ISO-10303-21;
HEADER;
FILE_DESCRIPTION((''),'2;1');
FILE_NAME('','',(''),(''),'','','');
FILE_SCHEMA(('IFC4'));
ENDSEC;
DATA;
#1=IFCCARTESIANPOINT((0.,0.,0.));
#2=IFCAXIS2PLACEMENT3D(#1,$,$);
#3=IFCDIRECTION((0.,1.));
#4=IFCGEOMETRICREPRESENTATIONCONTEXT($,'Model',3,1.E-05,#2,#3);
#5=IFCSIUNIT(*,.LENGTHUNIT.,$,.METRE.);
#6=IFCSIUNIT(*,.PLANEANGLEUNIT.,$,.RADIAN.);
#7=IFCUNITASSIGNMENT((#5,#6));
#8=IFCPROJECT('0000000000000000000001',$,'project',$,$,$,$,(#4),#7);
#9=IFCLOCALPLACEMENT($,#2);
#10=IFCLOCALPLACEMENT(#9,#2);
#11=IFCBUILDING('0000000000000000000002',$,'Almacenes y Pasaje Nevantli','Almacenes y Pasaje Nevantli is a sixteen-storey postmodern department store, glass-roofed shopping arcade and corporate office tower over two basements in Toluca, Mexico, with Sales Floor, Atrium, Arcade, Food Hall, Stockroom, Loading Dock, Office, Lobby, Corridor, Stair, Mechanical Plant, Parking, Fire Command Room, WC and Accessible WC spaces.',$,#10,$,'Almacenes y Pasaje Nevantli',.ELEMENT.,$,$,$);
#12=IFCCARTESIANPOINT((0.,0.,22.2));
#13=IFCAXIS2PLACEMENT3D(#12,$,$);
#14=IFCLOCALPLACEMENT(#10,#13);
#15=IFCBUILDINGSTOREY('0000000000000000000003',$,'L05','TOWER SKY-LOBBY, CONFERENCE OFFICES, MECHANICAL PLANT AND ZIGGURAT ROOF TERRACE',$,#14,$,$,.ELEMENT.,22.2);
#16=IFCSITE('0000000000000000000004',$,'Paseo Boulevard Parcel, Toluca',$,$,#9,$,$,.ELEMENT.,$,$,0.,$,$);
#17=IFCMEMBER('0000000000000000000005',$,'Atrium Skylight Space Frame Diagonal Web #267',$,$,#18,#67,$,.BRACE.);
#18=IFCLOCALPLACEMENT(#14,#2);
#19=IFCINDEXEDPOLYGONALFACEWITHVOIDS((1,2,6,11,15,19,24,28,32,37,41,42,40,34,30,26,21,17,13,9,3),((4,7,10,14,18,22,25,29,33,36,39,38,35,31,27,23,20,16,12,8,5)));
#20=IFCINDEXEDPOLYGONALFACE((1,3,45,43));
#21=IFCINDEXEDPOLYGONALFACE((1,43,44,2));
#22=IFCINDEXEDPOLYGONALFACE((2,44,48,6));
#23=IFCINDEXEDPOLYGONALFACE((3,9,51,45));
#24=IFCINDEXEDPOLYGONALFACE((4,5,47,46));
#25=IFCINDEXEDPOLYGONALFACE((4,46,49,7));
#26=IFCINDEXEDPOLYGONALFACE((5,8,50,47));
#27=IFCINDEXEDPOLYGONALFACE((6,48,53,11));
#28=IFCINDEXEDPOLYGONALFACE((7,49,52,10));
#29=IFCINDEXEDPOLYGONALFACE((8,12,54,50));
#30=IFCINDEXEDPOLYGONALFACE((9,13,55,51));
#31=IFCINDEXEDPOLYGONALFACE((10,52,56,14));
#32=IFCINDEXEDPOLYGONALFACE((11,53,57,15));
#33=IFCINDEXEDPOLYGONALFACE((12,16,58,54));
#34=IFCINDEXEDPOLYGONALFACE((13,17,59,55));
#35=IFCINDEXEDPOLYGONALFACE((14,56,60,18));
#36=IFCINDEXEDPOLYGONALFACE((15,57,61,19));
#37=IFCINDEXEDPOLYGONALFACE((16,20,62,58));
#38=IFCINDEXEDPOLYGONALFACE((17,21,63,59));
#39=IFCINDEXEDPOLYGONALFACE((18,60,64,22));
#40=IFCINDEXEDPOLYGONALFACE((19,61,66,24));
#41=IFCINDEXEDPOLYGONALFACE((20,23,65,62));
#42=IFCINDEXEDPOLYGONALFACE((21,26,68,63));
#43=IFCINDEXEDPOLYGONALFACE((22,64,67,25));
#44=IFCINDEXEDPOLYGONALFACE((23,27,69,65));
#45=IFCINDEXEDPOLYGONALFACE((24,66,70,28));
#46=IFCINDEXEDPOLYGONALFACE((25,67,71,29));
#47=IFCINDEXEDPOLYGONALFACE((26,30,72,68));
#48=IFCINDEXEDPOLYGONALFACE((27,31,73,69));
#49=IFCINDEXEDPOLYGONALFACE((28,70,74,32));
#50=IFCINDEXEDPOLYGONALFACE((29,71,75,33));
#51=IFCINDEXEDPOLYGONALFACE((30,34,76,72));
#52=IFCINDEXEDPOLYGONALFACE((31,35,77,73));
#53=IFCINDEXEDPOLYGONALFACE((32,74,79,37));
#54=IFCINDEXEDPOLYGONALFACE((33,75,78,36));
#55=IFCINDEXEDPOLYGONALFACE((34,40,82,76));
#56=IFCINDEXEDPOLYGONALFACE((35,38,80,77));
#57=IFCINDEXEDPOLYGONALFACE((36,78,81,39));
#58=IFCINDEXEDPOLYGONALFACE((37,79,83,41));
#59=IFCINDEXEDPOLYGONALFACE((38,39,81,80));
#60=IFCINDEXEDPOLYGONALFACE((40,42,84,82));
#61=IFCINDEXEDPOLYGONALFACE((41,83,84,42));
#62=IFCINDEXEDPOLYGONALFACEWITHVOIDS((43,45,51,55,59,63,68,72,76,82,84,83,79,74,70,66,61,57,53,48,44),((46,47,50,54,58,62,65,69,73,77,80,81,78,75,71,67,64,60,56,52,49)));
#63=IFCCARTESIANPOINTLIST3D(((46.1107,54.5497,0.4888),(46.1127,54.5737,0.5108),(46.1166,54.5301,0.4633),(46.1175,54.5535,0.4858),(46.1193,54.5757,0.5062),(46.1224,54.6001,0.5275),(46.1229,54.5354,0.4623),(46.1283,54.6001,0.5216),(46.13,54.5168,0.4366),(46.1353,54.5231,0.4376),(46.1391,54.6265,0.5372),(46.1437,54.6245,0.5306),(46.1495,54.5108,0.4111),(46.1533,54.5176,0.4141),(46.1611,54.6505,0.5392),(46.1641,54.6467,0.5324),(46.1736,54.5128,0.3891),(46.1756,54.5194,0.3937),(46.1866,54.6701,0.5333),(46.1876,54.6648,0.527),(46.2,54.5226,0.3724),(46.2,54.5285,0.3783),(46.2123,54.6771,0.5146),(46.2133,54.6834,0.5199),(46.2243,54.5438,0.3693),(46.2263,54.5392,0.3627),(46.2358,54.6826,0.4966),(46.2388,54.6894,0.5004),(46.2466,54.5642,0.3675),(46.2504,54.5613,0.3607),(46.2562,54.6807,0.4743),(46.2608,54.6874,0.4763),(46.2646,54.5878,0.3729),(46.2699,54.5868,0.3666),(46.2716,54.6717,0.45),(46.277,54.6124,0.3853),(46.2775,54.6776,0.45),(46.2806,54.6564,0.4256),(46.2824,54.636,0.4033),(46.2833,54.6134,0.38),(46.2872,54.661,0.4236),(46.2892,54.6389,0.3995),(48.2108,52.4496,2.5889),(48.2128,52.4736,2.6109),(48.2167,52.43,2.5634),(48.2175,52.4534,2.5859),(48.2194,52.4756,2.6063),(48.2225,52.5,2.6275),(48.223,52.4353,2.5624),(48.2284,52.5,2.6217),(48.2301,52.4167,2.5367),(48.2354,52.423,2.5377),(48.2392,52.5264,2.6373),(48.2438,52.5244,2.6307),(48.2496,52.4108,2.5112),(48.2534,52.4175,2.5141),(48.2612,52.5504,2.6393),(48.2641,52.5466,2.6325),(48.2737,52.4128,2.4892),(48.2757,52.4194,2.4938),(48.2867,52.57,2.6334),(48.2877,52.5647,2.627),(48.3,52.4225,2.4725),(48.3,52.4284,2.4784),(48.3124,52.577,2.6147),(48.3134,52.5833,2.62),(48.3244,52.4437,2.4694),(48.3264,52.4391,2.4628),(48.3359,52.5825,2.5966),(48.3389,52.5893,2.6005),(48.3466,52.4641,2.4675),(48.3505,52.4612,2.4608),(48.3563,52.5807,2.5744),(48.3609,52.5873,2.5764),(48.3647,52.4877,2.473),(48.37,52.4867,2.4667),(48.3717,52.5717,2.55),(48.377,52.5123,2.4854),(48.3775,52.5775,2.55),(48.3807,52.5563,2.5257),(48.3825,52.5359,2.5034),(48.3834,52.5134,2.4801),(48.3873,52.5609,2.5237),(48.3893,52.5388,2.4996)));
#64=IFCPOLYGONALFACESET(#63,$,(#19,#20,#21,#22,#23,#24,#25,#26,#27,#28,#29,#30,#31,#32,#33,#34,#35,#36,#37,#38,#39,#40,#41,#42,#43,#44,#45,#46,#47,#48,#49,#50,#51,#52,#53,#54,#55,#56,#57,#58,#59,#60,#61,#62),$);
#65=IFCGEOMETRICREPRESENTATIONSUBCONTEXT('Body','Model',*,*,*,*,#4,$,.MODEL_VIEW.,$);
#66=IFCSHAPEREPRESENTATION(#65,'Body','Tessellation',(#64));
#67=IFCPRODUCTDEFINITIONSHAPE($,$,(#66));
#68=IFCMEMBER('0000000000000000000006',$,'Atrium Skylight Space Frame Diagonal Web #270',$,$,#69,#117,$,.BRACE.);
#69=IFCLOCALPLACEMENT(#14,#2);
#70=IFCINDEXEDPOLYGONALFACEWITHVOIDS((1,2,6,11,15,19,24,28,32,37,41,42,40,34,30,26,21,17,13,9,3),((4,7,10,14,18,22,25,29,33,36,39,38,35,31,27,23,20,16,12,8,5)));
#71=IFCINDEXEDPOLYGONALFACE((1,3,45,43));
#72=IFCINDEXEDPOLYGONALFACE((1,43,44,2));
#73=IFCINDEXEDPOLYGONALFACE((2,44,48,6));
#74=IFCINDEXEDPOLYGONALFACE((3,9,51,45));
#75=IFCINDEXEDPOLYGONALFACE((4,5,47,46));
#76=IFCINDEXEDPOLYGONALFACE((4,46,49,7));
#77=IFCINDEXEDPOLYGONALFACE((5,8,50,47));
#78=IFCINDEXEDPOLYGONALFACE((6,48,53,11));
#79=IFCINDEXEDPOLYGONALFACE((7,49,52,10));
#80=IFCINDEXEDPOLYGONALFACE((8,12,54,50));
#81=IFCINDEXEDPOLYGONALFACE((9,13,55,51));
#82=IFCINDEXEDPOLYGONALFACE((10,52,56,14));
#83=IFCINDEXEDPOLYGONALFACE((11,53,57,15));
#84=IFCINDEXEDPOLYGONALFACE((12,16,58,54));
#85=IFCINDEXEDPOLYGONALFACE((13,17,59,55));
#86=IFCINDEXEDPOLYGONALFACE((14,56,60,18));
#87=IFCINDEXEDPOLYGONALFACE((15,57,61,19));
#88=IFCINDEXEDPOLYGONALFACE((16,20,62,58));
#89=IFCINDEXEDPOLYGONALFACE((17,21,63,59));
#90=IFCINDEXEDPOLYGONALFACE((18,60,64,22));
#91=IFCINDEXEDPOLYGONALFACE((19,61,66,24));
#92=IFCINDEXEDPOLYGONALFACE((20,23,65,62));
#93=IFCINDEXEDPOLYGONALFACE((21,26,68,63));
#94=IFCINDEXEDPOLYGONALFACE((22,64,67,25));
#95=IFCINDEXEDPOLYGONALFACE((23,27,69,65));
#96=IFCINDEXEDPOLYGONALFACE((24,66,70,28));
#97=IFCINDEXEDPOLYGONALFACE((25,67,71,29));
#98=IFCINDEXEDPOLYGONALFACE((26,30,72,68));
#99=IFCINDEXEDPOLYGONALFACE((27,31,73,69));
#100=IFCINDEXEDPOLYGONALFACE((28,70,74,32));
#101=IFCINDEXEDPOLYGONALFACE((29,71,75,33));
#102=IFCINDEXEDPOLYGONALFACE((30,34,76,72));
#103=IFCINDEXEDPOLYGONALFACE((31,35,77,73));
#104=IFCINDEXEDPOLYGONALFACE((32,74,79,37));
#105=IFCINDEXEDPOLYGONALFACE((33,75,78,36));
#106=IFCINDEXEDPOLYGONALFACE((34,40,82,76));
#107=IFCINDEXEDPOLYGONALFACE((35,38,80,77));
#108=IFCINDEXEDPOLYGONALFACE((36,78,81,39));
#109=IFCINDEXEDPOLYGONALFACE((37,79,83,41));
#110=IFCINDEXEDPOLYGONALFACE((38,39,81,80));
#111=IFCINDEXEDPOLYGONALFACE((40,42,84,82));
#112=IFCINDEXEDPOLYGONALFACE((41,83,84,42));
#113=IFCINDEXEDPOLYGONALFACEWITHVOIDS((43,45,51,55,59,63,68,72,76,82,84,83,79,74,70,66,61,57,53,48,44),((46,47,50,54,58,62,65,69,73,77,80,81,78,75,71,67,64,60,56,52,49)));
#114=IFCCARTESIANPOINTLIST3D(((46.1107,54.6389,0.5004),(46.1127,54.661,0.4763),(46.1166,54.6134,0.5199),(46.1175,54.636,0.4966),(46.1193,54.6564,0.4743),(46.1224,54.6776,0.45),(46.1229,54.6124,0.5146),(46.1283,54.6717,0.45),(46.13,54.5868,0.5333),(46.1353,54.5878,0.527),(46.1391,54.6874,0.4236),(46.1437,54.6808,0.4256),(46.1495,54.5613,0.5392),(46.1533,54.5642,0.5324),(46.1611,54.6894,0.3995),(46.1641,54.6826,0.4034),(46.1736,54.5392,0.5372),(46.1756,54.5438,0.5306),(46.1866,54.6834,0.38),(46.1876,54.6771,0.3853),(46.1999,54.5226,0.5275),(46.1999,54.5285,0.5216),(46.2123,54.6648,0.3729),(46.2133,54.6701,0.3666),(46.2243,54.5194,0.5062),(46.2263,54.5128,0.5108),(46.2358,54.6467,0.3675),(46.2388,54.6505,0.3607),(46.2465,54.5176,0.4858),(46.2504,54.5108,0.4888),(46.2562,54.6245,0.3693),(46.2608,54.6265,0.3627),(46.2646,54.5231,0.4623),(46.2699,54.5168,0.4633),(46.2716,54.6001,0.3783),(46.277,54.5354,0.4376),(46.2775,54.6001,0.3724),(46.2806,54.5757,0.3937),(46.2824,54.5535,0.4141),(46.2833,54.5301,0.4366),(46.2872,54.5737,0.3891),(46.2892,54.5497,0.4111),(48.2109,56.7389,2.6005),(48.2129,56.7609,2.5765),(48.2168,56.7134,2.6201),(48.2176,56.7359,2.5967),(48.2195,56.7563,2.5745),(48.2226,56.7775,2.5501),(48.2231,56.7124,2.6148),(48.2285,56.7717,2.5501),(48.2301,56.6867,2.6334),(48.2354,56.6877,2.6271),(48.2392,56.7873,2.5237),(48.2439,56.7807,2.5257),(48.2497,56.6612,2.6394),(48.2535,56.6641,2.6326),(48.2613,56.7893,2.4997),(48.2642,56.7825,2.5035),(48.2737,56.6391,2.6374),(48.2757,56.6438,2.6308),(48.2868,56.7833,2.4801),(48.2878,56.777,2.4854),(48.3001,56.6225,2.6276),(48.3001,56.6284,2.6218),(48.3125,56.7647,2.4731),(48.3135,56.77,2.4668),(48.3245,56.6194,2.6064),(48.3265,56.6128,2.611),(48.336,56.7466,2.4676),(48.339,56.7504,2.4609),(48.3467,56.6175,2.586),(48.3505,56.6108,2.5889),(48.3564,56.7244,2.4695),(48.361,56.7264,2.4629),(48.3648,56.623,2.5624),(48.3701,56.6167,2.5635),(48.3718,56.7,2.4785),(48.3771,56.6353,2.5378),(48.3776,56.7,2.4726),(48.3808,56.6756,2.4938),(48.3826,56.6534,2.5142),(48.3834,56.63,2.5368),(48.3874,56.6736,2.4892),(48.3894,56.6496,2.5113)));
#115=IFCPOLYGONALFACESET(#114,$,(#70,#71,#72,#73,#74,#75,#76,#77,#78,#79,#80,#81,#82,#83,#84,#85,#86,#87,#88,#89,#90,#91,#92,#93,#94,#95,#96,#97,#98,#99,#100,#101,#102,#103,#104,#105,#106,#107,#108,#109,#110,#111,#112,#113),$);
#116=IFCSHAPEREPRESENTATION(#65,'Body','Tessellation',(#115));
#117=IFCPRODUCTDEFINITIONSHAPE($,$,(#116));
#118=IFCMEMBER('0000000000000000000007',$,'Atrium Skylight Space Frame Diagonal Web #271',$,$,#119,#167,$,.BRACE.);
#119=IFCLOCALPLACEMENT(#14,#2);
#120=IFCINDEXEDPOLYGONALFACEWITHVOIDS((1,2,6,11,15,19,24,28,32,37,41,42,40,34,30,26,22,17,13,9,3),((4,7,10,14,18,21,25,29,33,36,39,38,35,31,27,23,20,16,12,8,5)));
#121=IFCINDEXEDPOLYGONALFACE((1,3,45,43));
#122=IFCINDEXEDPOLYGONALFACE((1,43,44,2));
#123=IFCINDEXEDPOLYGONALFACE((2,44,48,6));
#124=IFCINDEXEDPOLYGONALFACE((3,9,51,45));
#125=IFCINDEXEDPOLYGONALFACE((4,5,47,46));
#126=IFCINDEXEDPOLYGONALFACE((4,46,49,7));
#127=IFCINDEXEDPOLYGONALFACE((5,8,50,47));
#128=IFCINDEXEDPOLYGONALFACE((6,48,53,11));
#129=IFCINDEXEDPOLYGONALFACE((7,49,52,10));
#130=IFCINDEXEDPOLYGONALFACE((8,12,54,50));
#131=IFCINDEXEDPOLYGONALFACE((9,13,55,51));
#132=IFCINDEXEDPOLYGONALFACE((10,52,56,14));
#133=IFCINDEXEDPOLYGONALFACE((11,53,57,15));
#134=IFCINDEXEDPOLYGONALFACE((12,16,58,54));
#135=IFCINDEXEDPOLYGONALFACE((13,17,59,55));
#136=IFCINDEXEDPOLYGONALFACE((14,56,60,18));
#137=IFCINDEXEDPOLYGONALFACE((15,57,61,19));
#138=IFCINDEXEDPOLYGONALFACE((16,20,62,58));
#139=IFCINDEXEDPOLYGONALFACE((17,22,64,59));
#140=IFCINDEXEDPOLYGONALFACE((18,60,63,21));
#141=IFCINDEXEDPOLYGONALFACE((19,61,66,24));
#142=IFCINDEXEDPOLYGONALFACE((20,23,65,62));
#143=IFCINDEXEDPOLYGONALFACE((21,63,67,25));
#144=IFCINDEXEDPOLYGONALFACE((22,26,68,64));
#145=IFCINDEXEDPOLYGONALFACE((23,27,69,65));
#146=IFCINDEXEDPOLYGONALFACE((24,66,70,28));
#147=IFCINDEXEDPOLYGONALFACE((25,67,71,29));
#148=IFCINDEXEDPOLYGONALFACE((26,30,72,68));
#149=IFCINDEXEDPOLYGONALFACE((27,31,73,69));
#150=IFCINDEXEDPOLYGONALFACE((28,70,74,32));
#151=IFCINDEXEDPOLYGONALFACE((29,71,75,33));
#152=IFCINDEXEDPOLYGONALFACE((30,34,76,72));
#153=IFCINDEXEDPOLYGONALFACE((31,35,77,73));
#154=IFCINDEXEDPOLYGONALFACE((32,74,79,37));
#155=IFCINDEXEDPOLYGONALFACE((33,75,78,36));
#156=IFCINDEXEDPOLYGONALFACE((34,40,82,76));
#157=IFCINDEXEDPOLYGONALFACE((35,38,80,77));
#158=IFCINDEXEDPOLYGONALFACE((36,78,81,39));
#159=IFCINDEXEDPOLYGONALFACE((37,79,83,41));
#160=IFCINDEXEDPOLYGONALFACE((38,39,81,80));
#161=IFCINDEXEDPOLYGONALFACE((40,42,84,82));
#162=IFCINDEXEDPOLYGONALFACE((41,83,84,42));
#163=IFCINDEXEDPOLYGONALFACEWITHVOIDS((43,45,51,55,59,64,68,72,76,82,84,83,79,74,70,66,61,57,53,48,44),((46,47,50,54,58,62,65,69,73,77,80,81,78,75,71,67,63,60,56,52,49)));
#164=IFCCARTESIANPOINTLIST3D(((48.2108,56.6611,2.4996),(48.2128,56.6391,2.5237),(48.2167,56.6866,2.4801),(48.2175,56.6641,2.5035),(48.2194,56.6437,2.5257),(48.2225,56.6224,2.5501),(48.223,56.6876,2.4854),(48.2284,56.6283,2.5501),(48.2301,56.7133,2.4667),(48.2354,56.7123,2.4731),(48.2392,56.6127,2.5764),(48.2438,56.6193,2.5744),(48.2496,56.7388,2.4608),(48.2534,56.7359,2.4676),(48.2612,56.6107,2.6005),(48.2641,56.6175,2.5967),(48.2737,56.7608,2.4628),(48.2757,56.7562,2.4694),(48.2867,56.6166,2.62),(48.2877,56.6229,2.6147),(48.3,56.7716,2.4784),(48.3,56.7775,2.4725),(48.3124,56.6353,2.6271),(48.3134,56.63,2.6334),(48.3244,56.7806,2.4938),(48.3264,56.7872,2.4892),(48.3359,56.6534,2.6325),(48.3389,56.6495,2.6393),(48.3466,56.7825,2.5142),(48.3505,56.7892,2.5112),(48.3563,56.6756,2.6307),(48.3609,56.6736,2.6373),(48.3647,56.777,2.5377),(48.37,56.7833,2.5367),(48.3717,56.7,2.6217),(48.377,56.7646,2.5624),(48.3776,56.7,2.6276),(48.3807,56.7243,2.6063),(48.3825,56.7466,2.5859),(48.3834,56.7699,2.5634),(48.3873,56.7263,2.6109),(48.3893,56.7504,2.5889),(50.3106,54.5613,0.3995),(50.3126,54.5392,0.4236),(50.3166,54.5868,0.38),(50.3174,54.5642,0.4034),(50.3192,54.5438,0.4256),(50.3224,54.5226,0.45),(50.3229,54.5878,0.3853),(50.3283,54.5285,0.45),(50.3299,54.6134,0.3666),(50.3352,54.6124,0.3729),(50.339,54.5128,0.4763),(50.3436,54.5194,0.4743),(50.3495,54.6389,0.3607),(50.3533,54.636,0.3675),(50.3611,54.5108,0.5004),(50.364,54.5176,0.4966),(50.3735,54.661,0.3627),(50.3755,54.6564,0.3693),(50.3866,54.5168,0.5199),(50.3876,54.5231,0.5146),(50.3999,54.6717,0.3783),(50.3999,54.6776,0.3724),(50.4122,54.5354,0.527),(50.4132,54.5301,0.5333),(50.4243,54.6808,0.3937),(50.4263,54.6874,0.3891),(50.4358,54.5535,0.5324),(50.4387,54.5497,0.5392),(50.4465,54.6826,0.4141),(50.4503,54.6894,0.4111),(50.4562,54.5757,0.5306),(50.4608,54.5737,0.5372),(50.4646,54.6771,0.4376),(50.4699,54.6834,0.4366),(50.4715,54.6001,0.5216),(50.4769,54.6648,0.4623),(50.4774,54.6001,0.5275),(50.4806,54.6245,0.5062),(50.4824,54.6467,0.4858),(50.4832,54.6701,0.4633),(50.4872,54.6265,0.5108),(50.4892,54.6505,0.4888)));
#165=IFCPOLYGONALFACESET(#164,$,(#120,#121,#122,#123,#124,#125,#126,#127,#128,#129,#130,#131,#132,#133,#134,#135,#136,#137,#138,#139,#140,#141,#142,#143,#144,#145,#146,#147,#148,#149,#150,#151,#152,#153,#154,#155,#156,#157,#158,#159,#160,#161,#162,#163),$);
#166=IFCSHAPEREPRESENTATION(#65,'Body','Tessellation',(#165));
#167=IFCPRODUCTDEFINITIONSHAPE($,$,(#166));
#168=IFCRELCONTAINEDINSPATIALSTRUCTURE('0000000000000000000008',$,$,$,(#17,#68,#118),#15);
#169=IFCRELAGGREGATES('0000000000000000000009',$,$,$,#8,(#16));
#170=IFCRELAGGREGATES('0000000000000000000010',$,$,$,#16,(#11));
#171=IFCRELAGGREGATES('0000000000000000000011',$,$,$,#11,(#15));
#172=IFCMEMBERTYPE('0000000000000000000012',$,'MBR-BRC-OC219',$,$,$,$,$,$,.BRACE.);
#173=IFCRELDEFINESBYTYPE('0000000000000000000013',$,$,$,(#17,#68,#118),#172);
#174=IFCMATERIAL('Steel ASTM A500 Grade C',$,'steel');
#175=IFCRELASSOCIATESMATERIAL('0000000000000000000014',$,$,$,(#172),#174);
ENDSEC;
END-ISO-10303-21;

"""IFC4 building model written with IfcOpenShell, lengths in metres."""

from ifc_helpers import new_model, si_unit, direction, frame, origin, origin_2d, place, context, subcontext, project, spatial, hollow_circle, extrude, material, material_profile, profile_set, type_object, element, save


model = new_model("IFC4")

# Units and contexts
model_context = context("Model", 3, precision=1e-05, world=origin(), true_north=direction((0.0, 1.0)))
body_context = subcontext(model_context, "Body", "Model", "MODEL_VIEW")
ifc_project = project(units=[si_unit("LENGTHUNIT", "METRE"), si_unit("PLANEANGLEUNIT", "RADIAN")], contexts=[model_context])

# Site, building, storey
site_placement = place(None, origin())
site = spatial("IfcSite", under=ifc_project, at=site_placement, Name="Paseo Boulevard Parcel, Toluca", CompositionType="ELEMENT", RefElevation=0.0)
building_placement = place(site_placement, origin())
building = spatial("IfcBuilding", under=site, at=building_placement, Name="Almacenes y Pasaje Nevantli", Description="Almacenes y Pasaje Nevantli is a sixteen-storey postmodern department store, glass-roofed shopping arcade and corporate office tower over two basements in Toluca, Mexico, with Sales Floor, Atrium, Arcade, Food Hall, Stockroom, Loading Dock, Office, Lobby, Corridor, Stair, Mechanical Plant, Parking, Fire Command Room, WC and Accessible WC spaces.", LongName="Almacenes y Pasaje Nevantli", CompositionType="ELEMENT")
storey_placement = place(building_placement, frame((0.0, 0.0, 22.2)))
storey = spatial("IfcBuildingStorey", under=building, at=storey_placement, Name="L05", Description="TOWER SKY-LOBBY, CONFERENCE OFFICES, MECHANICAL PLANT AND ZIGGURAT ROOF TERRACE", CompositionType="ELEMENT", Elevation=22.2)

# Members
ifc_material_1 = material(Name="Steel ASTM A500 Grade C", Category="steel")
ifc_material_profile_1 = material_profile(ifc_material_1, hollow_circle(Radius=0.1096, WallThickness=0.0083, at=origin_2d()), Name="OC 219x8.2")
ifc_profile_set_1 = profile_set([ifc_material_profile_1], Name="Steel ASTM A500 Grade C")
member_type_1 = type_object("IfcMemberType", Name="MBR-BRC-OC219", PredefinedType="BRACE", material=ifc_profile_set_1)
for number, where, z_axis, x_axis, name in (
    (1, (46.2, 54.6001, 0.45), (0.57735, -0.57735, 0.57735), (0.707107, 0.707107, 0.0), "Atrium Skylight Space Frame Diagonal Web #267"),
    (2, (46.2, 54.6001, 0.45), (0.577373, 0.577306, 0.577373), (-0.707066, 0.707148, 0.0), "Atrium Skylight Space Frame Diagonal Web #270"),
):
    element("IfcMember", number, at=place(storey_placement, frame(where, z_axis=z_axis, x_axis=x_axis)), inside=storey, type_object=member_type_1, Name=name, PredefinedType="BRACE", context=body_context, shape_type="SweptSolid", body=[
        extrude(hollow_circle(Radius=0.1096, WallThickness=0.0083, at=origin_2d()), origin(), (0.0, 0.0, 1.0), 3.6375),
    ])
member_1_placement = place(storey_placement, frame((50.3999, 54.6001, 0.45), z_axis=(-0.577328, 0.577328, 0.577395), x_axis=(-0.707107, -0.707107, 0.0)))
element("IfcMember", 3, at=member_1_placement, inside=storey, type_object=member_type_1, Name="Atrium Skylight Space Frame Diagonal Web #271", PredefinedType="BRACE", context=body_context, shape_type="SweptSolid", body=[
    extrude(hollow_circle(Radius=0.1096, WallThickness=0.0083, at=origin_2d()), origin(), (0.0, 0.0, 1.0), 3.6372),
])

save(model, "model.ifc")
